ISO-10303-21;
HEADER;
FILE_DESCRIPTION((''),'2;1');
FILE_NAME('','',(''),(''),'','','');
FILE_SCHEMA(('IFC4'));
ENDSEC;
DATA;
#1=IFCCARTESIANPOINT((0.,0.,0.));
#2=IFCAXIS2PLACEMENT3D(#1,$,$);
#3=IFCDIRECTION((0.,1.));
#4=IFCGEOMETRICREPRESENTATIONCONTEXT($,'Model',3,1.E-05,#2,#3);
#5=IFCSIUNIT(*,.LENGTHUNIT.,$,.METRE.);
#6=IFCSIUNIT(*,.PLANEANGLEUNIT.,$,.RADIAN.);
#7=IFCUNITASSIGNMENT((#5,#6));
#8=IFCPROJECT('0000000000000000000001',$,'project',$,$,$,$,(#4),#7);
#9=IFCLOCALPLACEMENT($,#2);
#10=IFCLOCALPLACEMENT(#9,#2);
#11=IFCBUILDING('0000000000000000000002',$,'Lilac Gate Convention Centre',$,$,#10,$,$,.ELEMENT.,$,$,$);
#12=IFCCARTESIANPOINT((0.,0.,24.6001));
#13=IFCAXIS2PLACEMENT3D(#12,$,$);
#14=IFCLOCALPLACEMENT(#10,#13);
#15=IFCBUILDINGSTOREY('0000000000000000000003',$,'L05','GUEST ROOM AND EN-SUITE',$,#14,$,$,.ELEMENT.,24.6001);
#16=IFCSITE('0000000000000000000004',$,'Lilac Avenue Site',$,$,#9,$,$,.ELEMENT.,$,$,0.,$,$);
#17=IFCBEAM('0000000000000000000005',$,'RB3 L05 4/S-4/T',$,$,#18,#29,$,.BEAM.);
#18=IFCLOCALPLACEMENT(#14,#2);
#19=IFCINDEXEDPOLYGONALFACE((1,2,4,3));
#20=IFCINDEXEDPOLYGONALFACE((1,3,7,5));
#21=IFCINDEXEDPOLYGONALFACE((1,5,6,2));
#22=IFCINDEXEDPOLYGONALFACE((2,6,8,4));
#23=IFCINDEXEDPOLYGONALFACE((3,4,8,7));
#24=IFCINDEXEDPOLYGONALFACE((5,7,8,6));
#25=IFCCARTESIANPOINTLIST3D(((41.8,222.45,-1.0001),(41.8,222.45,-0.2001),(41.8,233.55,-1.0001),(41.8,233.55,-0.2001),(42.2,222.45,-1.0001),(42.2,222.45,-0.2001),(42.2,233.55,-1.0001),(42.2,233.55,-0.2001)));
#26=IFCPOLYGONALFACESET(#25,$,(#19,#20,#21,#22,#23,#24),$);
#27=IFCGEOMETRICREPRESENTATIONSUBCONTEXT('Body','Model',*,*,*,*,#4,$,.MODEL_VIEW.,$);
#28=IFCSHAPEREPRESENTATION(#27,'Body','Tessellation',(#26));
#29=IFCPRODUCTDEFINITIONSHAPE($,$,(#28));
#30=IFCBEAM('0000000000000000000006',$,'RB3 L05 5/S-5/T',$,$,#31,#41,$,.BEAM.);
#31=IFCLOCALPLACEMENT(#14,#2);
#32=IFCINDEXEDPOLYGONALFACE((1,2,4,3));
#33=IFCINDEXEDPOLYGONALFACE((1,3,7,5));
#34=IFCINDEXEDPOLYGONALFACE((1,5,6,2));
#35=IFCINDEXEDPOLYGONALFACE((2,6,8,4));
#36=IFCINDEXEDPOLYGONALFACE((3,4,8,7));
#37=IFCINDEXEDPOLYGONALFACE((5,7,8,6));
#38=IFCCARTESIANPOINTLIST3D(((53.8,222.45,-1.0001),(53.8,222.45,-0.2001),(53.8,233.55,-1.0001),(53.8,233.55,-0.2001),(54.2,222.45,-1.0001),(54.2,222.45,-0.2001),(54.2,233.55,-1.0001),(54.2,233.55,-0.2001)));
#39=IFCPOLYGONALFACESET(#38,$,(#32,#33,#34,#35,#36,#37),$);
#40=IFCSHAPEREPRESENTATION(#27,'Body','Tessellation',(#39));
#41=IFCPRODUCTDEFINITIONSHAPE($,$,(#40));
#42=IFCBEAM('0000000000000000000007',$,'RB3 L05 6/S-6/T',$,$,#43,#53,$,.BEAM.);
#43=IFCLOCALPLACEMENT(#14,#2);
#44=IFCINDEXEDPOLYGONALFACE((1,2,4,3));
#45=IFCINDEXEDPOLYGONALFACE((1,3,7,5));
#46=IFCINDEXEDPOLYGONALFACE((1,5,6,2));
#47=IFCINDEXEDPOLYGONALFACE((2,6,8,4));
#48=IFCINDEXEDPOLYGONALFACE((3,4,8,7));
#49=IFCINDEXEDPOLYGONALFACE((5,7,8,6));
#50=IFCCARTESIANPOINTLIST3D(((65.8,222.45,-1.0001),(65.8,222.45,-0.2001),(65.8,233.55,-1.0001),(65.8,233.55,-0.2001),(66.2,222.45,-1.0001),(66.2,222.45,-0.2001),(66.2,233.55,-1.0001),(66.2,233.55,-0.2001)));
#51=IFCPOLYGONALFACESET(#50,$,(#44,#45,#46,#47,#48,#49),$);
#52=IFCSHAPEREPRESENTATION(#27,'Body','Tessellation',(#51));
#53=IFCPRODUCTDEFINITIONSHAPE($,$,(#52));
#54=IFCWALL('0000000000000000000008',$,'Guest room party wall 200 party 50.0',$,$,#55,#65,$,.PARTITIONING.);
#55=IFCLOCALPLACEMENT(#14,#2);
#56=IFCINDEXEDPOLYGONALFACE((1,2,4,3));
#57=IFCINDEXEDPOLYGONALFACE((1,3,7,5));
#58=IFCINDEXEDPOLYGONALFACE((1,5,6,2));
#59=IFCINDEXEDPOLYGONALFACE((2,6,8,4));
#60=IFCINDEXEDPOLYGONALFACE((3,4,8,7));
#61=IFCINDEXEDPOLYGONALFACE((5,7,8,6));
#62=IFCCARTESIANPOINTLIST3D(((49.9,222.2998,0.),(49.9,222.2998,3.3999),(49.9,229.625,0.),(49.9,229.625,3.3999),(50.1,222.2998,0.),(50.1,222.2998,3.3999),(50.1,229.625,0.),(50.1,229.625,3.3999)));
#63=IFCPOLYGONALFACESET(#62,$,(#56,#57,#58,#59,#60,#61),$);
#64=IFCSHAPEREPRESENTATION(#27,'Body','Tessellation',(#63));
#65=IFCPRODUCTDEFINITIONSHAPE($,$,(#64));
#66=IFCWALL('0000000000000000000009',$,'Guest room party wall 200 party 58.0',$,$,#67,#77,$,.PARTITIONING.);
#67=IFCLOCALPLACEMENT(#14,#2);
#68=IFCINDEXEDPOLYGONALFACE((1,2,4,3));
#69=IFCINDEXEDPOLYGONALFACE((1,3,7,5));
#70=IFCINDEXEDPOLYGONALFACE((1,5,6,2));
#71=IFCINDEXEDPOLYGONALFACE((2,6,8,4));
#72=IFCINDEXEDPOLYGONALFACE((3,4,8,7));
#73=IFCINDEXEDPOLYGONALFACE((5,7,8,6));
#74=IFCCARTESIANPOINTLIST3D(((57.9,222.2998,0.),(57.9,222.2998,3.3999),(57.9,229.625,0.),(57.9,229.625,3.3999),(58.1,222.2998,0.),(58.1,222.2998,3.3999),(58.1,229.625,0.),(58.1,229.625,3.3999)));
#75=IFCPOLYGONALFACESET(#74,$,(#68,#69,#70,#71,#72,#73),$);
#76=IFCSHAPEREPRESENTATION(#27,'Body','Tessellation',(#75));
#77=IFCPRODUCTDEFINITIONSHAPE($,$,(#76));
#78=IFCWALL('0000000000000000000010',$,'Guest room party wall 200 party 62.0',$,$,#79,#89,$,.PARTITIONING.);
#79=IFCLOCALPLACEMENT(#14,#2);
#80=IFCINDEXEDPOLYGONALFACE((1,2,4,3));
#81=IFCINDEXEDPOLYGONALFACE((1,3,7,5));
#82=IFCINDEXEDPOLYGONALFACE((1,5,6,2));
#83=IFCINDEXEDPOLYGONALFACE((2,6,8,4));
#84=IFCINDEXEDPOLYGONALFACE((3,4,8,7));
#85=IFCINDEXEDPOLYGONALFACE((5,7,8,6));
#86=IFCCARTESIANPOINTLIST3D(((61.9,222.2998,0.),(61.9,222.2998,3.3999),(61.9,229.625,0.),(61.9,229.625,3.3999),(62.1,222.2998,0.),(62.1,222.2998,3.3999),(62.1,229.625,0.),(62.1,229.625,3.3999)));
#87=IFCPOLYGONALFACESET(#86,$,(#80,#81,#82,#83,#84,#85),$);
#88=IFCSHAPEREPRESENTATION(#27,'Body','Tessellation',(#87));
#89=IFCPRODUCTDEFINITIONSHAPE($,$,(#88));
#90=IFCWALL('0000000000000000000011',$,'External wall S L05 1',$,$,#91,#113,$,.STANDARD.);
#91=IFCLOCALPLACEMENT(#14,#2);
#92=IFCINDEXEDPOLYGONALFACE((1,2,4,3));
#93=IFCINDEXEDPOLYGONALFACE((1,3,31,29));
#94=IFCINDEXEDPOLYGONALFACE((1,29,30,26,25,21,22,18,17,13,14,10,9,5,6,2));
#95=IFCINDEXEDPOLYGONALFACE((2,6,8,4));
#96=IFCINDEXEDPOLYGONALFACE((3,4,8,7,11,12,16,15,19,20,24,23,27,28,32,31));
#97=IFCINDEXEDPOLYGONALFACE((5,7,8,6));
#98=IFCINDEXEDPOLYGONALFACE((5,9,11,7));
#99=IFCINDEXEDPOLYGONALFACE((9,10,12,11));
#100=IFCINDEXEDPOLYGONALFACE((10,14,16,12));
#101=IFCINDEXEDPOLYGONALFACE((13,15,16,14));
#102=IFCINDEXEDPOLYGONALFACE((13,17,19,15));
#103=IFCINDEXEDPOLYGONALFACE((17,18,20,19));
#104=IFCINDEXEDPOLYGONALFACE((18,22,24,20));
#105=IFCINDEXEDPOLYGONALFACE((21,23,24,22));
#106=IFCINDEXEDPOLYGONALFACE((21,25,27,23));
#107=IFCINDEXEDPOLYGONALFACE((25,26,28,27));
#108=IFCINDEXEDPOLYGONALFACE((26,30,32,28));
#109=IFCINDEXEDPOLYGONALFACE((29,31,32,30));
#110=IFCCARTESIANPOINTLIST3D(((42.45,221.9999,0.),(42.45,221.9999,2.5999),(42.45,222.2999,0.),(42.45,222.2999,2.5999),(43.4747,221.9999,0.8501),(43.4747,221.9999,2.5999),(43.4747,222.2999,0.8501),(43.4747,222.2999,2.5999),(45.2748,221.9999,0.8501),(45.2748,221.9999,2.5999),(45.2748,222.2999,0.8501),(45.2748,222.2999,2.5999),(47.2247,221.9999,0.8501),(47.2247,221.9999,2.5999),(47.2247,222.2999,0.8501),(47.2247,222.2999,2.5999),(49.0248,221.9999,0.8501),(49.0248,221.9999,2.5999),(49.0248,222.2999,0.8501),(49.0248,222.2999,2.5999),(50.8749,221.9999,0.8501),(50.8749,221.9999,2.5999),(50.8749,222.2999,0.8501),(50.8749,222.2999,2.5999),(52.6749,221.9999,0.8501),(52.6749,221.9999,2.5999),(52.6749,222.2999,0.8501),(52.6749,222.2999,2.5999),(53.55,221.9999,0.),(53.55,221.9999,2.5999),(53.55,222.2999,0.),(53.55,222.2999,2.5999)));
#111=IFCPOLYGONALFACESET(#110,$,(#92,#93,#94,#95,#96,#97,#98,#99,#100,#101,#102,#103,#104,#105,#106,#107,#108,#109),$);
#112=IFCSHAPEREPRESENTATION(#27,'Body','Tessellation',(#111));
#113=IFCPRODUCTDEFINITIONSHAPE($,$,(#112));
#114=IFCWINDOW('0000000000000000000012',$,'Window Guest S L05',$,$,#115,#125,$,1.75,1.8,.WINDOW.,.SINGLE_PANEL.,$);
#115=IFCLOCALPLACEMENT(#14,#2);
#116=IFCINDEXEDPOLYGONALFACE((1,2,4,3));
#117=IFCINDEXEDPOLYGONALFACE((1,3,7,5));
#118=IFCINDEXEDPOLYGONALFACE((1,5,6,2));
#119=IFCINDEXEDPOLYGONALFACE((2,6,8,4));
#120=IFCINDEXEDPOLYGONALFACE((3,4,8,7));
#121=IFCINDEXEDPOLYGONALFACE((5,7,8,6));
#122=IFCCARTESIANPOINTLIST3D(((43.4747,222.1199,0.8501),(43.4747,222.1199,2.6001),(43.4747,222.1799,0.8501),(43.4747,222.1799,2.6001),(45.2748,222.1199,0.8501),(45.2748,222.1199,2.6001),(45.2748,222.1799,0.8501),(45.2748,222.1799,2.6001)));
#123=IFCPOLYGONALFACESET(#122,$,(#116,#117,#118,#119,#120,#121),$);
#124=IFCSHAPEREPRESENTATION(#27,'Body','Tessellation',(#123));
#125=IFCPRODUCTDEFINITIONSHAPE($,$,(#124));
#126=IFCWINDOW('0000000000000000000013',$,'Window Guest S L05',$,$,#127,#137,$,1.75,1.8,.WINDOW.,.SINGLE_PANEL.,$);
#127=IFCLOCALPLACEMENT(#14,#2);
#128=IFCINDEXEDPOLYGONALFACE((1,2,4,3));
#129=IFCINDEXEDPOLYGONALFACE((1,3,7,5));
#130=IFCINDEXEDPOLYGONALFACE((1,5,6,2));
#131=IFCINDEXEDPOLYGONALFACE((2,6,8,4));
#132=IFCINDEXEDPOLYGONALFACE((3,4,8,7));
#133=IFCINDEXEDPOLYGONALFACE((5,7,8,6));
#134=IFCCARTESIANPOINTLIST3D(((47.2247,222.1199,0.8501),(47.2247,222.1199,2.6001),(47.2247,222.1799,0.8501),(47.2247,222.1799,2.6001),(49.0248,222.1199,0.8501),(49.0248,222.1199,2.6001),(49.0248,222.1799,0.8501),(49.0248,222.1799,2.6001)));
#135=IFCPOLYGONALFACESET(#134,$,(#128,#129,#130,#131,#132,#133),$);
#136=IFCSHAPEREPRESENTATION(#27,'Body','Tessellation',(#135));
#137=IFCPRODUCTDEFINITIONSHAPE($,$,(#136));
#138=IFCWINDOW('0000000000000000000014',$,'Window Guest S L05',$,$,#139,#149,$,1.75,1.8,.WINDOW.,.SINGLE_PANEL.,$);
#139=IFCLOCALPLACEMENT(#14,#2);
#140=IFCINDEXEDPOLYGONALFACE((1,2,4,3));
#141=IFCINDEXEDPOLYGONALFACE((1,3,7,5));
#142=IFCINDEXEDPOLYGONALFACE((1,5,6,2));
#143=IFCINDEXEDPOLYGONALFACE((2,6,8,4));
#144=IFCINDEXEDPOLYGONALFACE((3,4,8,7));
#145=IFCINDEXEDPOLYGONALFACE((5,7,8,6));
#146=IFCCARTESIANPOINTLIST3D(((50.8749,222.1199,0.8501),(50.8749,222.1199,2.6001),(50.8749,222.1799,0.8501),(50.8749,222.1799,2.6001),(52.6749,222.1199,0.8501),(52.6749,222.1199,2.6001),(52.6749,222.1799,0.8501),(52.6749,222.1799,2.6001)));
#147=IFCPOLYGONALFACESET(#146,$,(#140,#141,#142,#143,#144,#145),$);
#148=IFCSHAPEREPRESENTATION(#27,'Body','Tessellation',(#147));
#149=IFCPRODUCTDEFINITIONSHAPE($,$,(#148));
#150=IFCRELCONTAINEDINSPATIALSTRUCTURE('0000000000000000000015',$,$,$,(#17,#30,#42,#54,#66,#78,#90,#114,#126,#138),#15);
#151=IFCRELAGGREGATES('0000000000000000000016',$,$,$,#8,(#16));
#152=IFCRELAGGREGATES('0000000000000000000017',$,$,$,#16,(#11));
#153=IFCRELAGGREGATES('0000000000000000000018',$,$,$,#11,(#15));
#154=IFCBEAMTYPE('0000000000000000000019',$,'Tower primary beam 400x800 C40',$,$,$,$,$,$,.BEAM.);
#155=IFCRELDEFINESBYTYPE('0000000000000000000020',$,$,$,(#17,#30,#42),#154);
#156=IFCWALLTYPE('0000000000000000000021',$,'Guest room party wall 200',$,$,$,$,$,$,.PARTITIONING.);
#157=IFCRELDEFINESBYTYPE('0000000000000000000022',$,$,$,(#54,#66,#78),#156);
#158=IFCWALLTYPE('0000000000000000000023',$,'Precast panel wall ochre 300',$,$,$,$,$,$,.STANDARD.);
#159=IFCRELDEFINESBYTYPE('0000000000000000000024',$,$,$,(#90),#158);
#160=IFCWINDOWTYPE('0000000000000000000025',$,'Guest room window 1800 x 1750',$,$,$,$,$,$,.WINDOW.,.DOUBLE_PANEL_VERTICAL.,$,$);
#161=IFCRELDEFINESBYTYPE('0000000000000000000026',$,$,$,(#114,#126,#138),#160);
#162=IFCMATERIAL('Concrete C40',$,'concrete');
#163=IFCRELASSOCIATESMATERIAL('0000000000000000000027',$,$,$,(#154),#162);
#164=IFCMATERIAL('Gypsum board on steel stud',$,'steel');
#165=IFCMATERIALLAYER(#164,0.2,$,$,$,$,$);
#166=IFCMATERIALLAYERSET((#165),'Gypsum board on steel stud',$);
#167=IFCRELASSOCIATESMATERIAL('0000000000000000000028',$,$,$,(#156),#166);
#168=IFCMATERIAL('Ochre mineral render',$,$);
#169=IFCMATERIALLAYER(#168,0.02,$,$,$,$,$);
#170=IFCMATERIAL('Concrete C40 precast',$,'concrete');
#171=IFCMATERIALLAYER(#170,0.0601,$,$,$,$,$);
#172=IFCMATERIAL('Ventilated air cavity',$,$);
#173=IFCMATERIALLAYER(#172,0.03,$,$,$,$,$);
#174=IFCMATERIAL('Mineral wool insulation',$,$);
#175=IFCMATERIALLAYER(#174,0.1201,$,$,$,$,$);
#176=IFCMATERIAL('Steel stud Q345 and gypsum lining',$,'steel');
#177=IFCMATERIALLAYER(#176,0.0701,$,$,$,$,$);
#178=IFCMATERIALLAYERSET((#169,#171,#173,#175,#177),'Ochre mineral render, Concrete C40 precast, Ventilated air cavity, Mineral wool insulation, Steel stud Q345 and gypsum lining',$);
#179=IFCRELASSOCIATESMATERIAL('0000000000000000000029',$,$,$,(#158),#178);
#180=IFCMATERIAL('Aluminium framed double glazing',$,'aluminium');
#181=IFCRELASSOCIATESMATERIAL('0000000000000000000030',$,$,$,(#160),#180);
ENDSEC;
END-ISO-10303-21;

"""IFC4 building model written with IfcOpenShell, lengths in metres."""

from ifc_helpers import new_model, si_unit, direction, frame, frame_2d, origin, origin_2d, place, context, subcontext, project, spatial, rectangle, extrude, material, layer, layer_set, material_profile, profile_set, type_object, element, fill, save


model = new_model("IFC4")

# Units and contexts
model_context = context("Model", 3, precision=1e-05, world=origin(), true_north=direction((0.0, 1.0)))
body_context = subcontext(model_context, "Body", "Model", "MODEL_VIEW")
ifc_project = project(units=[si_unit("LENGTHUNIT", "METRE"), si_unit("PLANEANGLEUNIT", "RADIAN")], contexts=[model_context])

# Site, building, storey
site_placement = place(None, origin())
site = spatial("IfcSite", under=ifc_project, at=site_placement, Name="Lilac Avenue Site", CompositionType="ELEMENT", RefElevation=0.0)
building_placement = place(site_placement, origin())
building = spatial("IfcBuilding", under=site, at=building_placement, Name="Lilac Gate Convention Centre", CompositionType="ELEMENT")
storey_placement = place(building_placement, frame((0.0, 0.0, 24.6001)))
storey = spatial("IfcBuildingStorey", under=building, at=storey_placement, Name="L05", Description="GUEST ROOM AND EN-SUITE", CompositionType="ELEMENT", Elevation=24.6001)

# Beams
ifc_material_1 = material(Name="Concrete C40", Category="concrete")
ifc_material_profile = material_profile(ifc_material_1, rectangle(XDim=0.3999, YDim=0.8, at=origin_2d()), Name="RC 400x800")
ifc_profile_set = profile_set([ifc_material_profile], Name="Concrete C40")
beam_type = type_object("IfcBeamType", Name="Tower primary beam 400x800 C40", PredefinedType="BEAM", material=ifc_profile_set)
for number, where, z_axis, x_axis, name in (
    (1, (42.0, 222.45, -0.6001), (0.0, 1.0, 0.0), (-1.0, 0.0, 0.0), "RB3 L05 4/S-4/T"),
    (2, (54.0, 222.45, -0.6001), (0.0, 1.0, 0.0), (-1.0, 0.0, 0.0), "RB3 L05 5/S-5/T"),
    (3, (66.0, 222.45, -0.6001), (0.0, 1.0, 0.0), (-1.0, 0.0, 0.0), "RB3 L05 6/S-6/T"),
):
    element("IfcBeam", number, at=place(storey_placement, frame(where, z_axis=z_axis, x_axis=x_axis)), inside=storey, type_object=beam_type, Name=name, PredefinedType="BEAM", context=body_context, shape_type="SweptSolid", body=[
        extrude(rectangle(XDim=0.3999, YDim=0.8, at=origin_2d()), origin(), (0.0, 0.0, 1.0), 11.1001),
    ])

# Walls
ifc_material_2 = material(Name="Gypsum board on steel stud", Category="steel")
ifc_layer_1 = layer(ifc_material_2, 0.2)
ifc_layer_set_1 = layer_set([ifc_layer_1], Name="Gypsum board on steel stud")
wall_type_1 = type_object("IfcWallType", Name="Guest room party wall 200", PredefinedType="PARTITIONING", material=ifc_layer_set_1)
for number, where, z_axis, x_axis, name in (
    (4, (50.0, 222.2998, 0.0), (0.0, 0.0, 1.0), (0.0, 1.0, 0.0), "Guest room party wall 200 party 50.0"),
    (5, (58.0, 222.2998, 0.0), (0.0, 0.0, 1.0), (0.0, 1.0, 0.0), "Guest room party wall 200 party 58.0"),
    (6, (62.0, 222.2998, 0.0), (0.0, 0.0, 1.0), (0.0, 1.0, 0.0), "Guest room party wall 200 party 62.0"),
):
    element("IfcWall", number, at=place(storey_placement, frame(where, z_axis=z_axis, x_axis=x_axis)), inside=storey, type_object=wall_type_1, Name=name, PredefinedType="PARTITIONING", context=body_context, shape_type="SweptSolid", body=[
        extrude(rectangle(XDim=7.3252, YDim=0.2, at=frame_2d((3.6626, 0.0))), origin(), (0.0, 0.0, 1.0), 3.3999),
    ])

# Wall, openings, windows
ifc_material_3 = material(Name="Ochre mineral render")
ifc_layer_2 = layer(ifc_material_3, 0.02)
ifc_material_4 = material(Name="Concrete C40 precast", Category="concrete")
ifc_layer_3 = layer(ifc_material_4, 0.0601)
ifc_material_5 = material(Name="Ventilated air cavity")
ifc_layer_4 = layer(ifc_material_5, 0.03)
ifc_material_6 = material(Name="Mineral wool insulation")
ifc_layer_5 = layer(ifc_material_6, 0.1201)
ifc_material_7 = material(Name="Steel stud Q345 and gypsum lining", Category="steel")
ifc_layer_6 = layer(ifc_material_7, 0.0701)
ifc_layer_set_2 = layer_set([ifc_layer_2, ifc_layer_3, ifc_layer_4, ifc_layer_5, ifc_layer_6], Name="Ochre mineral render, Concrete C40 precast, Ventilated air cavity, Mineral wool insulation, Steel stud Q345 and gypsum lining")
wall_type_2 = type_object("IfcWallType", Name="Precast panel wall ochre 300", PredefinedType="STANDARD", material=ifc_layer_set_2)
wall_1_placement = place(storey_placement, frame((42.45, 222.1499, 0.0), z_axis=(0.0, 0.0, 1.0), x_axis=(1.0, 0.0, 0.0)))
wall_1 = element("IfcWall", 7, at=wall_1_placement, inside=storey, type_object=wall_type_2, Name="External wall S L05 1", PredefinedType="STANDARD", context=body_context, shape_type="SweptSolid", body=[
    extrude(rectangle(XDim=11.1001, YDim=0.3, at=frame_2d((5.55, 0.0))), origin(), (0.0, 0.0, 1.0), 2.5999),
])
opening_1_placement = place(wall_1_placement, frame((1.0249, 0.0, 0.8501)))
opening_1 = element("IfcOpeningElement", 8, at=opening_1_placement, cuts=wall_1, PredefinedType="OPENING", context=body_context, shape_type="SweptSolid", body=[
    extrude(rectangle(XDim=1.8, YDim=1.75, at=frame_2d((0.8999, 0.875))), frame((0.0, 0.1599, 0.0), z_axis=(0.0, -1.0, 0.0), x_axis=(1.0, 0.0, 0.0)), (0.0, 0.0, 1.0), 0.3201),
])
opening_2_placement = place(wall_1_placement, frame((4.7749, 0.0, 0.8501)))
opening_2 = element("IfcOpeningElement", 9, at=opening_2_placement, cuts=wall_1, PredefinedType="OPENING", context=body_context, shape_type="SweptSolid", body=[
    extrude(rectangle(XDim=1.8, YDim=1.75, at=frame_2d((0.8999, 0.875))), frame((0.0, 0.1599, 0.0), z_axis=(0.0, -1.0, 0.0), x_axis=(1.0, 0.0, 0.0)), (0.0, 0.0, 1.0), 0.3201),
])
opening_3_placement = place(wall_1_placement, frame((8.425, 0.0, 0.8501)))
opening_3 = element("IfcOpeningElement", 10, at=opening_3_placement, cuts=wall_1, PredefinedType="OPENING", context=body_context, shape_type="SweptSolid", body=[
    extrude(rectangle(XDim=1.8, YDim=1.75, at=frame_2d((0.8999, 0.875))), frame((0.0, 0.1599, 0.0), z_axis=(0.0, -1.0, 0.0), x_axis=(1.0, 0.0, 0.0)), (0.0, 0.0, 1.0), 0.3201),
])
ifc_material_8 = material(Name="Aluminium framed double glazing", Category="aluminium")
window_type = type_object("IfcWindowType", Name="Guest room window 1800 x 1750", PartitioningType="DOUBLE_PANEL_VERTICAL", PredefinedType="WINDOW", material=ifc_material_8)
window_1_placement = place(opening_1_placement, origin())
window_1 = element("IfcWindow", 11, at=window_1_placement, inside=storey, type_object=window_type, Name="Window Guest S L05", OverallHeight=1.75, OverallWidth=1.8, PartitioningType="SINGLE_PANEL", PredefinedType="WINDOW", context=body_context, shape_type="SweptSolid", body=[
    extrude(rectangle(XDim=1.8, YDim=1.75, at=frame_2d((0.8999, 0.875))), frame((0.0, 0.03, 0.0), z_axis=(0.0, -1.0, 0.0), x_axis=(1.0, 0.0, 0.0)), (0.0, 0.0, 1.0), 0.0601),
])
fill(opening_1, window_1)
window_2_placement = place(opening_2_placement, origin())
window_2 = element("IfcWindow", 12, at=window_2_placement, inside=storey, type_object=window_type, Name="Window Guest S L05", OverallHeight=1.75, OverallWidth=1.8, PartitioningType="SINGLE_PANEL", PredefinedType="WINDOW", context=body_context, shape_type="SweptSolid", body=[
    extrude(rectangle(XDim=1.8, YDim=1.75, at=frame_2d((0.8999, 0.875))), frame((0.0, 0.03, 0.0), z_axis=(0.0, -1.0, 0.0), x_axis=(1.0, 0.0, 0.0)), (0.0, 0.0, 1.0), 0.0601),
])
fill(opening_2, window_2)
window_3_placement = place(opening_3_placement, origin())
window_3 = element("IfcWindow", 13, at=window_3_placement, inside=storey, type_object=window_type, Name="Window Guest S L05", OverallHeight=1.75, OverallWidth=1.8, PartitioningType="SINGLE_PANEL", PredefinedType="WINDOW", context=body_context, shape_type="SweptSolid", body=[
    extrude(rectangle(XDim=1.8, YDim=1.75, at=frame_2d((0.8999, 0.875))), frame((0.0, 0.03, 0.0), z_axis=(0.0, -1.0, 0.0), x_axis=(1.0, 0.0, 0.0)), (0.0, 0.0, 1.0), 0.0601),
])
fill(opening_3, window_3)

save(model, "model.ifc")
